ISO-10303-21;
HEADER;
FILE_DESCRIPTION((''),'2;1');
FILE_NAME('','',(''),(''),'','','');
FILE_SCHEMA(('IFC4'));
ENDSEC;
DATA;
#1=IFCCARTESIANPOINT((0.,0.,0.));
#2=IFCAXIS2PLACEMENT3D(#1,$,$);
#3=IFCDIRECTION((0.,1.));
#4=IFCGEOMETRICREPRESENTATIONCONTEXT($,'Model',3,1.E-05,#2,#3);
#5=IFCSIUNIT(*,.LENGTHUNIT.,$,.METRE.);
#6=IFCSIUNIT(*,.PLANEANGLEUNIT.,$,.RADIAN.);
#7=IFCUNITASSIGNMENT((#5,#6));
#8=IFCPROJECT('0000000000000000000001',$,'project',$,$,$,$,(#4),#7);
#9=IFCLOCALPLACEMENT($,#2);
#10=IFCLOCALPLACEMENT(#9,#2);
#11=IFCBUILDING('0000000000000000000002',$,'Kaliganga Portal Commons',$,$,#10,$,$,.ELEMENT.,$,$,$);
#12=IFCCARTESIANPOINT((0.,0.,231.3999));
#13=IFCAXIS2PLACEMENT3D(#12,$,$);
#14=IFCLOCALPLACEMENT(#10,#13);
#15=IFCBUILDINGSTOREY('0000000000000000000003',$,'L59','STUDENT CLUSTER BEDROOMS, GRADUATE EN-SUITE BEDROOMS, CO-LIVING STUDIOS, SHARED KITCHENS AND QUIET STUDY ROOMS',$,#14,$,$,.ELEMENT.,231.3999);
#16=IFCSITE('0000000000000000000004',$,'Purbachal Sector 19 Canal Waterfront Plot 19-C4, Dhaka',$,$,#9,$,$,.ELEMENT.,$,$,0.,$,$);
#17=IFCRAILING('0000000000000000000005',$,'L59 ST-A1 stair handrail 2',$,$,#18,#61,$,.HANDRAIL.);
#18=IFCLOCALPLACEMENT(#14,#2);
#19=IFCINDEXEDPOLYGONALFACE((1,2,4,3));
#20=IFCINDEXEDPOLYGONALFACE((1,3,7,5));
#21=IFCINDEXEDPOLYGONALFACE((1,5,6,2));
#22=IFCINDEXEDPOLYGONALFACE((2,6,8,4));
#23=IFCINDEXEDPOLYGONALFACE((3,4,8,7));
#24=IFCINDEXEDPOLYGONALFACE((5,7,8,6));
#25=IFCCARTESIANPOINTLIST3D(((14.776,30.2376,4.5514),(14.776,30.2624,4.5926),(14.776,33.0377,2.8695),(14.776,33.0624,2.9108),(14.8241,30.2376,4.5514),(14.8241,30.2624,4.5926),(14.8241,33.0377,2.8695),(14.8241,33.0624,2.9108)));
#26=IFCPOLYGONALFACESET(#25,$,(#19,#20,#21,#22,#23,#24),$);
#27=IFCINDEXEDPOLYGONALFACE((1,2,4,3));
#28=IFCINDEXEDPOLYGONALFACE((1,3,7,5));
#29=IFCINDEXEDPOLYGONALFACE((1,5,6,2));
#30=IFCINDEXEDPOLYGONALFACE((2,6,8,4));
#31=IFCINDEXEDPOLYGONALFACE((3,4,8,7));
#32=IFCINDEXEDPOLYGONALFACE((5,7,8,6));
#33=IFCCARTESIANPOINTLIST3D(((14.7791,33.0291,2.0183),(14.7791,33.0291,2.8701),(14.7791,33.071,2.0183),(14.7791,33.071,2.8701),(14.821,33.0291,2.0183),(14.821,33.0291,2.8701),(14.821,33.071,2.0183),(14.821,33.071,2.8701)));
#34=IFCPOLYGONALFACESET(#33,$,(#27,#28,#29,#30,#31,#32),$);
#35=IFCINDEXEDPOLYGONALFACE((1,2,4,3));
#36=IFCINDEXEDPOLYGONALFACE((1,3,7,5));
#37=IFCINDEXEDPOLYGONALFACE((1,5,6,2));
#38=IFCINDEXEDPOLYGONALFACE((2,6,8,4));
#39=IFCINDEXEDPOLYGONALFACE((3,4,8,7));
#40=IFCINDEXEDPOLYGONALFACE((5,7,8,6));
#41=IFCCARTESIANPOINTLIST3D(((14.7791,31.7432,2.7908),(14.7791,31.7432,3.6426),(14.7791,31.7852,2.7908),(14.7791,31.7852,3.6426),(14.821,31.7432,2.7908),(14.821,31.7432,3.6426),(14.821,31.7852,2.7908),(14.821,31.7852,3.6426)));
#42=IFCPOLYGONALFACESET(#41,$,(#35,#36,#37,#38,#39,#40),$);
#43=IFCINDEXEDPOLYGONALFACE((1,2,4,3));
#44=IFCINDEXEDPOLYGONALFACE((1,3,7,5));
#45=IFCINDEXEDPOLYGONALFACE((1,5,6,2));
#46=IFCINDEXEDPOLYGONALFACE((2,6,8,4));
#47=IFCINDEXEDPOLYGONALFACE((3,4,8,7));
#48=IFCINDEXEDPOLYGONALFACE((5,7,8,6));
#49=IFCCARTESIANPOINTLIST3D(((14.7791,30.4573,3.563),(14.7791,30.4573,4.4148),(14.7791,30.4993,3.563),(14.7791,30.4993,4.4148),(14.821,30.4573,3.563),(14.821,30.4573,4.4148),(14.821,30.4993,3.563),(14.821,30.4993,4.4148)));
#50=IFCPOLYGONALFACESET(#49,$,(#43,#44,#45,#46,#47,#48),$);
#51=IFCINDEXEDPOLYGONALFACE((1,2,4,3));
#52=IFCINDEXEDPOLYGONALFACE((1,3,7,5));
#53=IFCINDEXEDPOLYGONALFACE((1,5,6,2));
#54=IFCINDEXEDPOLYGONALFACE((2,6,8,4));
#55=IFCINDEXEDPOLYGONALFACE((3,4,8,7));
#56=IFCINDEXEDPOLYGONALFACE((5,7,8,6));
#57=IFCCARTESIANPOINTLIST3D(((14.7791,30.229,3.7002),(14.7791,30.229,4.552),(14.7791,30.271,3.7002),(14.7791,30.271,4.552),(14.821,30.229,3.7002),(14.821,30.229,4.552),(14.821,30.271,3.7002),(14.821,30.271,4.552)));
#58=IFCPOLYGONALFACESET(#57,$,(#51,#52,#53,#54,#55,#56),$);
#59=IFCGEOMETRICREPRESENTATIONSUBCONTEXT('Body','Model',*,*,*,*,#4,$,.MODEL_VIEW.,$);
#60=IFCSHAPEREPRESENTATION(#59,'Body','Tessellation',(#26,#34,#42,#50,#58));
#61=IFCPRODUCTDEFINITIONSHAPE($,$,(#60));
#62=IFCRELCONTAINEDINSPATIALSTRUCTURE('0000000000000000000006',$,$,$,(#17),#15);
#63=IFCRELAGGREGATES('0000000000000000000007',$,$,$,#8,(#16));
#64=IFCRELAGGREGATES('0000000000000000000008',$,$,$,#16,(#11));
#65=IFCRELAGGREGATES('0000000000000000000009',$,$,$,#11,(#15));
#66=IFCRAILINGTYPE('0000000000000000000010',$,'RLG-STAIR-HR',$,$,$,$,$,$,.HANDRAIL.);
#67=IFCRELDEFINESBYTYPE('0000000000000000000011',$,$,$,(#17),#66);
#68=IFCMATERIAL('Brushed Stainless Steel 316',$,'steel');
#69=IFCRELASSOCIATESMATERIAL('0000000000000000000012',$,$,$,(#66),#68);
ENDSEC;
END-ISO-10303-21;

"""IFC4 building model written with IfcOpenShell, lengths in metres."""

from ifc_helpers import new_model, si_unit, direction, frame, origin, origin_2d, place, context, subcontext, project, spatial, rectangle, extrude, material, type_object, element, save


model = new_model("IFC4")

# Units and contexts
model_context = context("Model", 3, precision=1e-05, world=origin(), true_north=direction((0.0, 1.0)))
body_context = subcontext(model_context, "Body", "Model", "MODEL_VIEW")
ifc_project = project(units=[si_unit("LENGTHUNIT", "METRE"), si_unit("PLANEANGLEUNIT", "RADIAN")], contexts=[model_context])

# Site, building, storey
site_placement = place(None, origin())
site = spatial("IfcSite", under=ifc_project, at=site_placement, Name="Purbachal Sector 19 Canal Waterfront Plot 19-C4, Dhaka", CompositionType="ELEMENT", RefElevation=0.0)
building_placement = place(site_placement, origin())
building = spatial("IfcBuilding", under=site, at=building_placement, Name="Kaliganga Portal Commons", CompositionType="ELEMENT")
storey_placement = place(building_placement, frame((0.0, 0.0, 231.3999)))
storey = spatial("IfcBuildingStorey", under=building, at=storey_placement, Name="L59", Description="STUDENT CLUSTER BEDROOMS, GRADUATE EN-SUITE BEDROOMS, CO-LIVING STUDIOS, SHARED KITCHENS AND QUIET STUDY ROOMS", CompositionType="ELEMENT", Elevation=231.3999)

# Railing
ifc_material_1 = material(Name="Brushed Stainless Steel 316", Category="steel")
railing_type_1 = type_object("IfcRailingType", Name="RLG-STAIR-HR", PredefinedType="HANDRAIL", material=ifc_material_1)
railing_1_placement = place(storey_placement, frame((14.8, 33.05, 2.0183)))
element("IfcRailing", 1, at=railing_1_placement, inside=storey, type_object=railing_type_1, Name="L59 ST-A1 stair handrail 2", PredefinedType="HANDRAIL", context=body_context, shape_type="SweptSolid", body=[
    extrude(rectangle(XDim=0.0481, YDim=0.0481, at=origin_2d()), frame((0.0, 0.0, 0.8718), z_axis=(0.0, -0.857242, 0.514913), x_axis=(1.0, 0.0, 0.0)), (0.0, 0.0, 1.0), 3.2664),
    extrude(rectangle(XDim=0.042, YDim=0.042, at=origin_2d()), origin(), (0.0, 0.0, 1.0), 0.8518),
    extrude(rectangle(XDim=0.042, YDim=0.042, at=origin_2d()), frame((0.0, -1.2859, 0.7725)), (0.0, 0.0, 1.0), 0.8518),
    extrude(rectangle(XDim=0.042, YDim=0.042, at=origin_2d()), frame((0.0, -2.5718, 1.5447)), (0.0, 0.0, 1.0), 0.8518),
    extrude(rectangle(XDim=0.042, YDim=0.042, at=origin_2d()), frame((0.0, -2.8, 1.6819)), (0.0, 0.0, 1.0), 0.8518),
])

save(model, "model.ifc")
